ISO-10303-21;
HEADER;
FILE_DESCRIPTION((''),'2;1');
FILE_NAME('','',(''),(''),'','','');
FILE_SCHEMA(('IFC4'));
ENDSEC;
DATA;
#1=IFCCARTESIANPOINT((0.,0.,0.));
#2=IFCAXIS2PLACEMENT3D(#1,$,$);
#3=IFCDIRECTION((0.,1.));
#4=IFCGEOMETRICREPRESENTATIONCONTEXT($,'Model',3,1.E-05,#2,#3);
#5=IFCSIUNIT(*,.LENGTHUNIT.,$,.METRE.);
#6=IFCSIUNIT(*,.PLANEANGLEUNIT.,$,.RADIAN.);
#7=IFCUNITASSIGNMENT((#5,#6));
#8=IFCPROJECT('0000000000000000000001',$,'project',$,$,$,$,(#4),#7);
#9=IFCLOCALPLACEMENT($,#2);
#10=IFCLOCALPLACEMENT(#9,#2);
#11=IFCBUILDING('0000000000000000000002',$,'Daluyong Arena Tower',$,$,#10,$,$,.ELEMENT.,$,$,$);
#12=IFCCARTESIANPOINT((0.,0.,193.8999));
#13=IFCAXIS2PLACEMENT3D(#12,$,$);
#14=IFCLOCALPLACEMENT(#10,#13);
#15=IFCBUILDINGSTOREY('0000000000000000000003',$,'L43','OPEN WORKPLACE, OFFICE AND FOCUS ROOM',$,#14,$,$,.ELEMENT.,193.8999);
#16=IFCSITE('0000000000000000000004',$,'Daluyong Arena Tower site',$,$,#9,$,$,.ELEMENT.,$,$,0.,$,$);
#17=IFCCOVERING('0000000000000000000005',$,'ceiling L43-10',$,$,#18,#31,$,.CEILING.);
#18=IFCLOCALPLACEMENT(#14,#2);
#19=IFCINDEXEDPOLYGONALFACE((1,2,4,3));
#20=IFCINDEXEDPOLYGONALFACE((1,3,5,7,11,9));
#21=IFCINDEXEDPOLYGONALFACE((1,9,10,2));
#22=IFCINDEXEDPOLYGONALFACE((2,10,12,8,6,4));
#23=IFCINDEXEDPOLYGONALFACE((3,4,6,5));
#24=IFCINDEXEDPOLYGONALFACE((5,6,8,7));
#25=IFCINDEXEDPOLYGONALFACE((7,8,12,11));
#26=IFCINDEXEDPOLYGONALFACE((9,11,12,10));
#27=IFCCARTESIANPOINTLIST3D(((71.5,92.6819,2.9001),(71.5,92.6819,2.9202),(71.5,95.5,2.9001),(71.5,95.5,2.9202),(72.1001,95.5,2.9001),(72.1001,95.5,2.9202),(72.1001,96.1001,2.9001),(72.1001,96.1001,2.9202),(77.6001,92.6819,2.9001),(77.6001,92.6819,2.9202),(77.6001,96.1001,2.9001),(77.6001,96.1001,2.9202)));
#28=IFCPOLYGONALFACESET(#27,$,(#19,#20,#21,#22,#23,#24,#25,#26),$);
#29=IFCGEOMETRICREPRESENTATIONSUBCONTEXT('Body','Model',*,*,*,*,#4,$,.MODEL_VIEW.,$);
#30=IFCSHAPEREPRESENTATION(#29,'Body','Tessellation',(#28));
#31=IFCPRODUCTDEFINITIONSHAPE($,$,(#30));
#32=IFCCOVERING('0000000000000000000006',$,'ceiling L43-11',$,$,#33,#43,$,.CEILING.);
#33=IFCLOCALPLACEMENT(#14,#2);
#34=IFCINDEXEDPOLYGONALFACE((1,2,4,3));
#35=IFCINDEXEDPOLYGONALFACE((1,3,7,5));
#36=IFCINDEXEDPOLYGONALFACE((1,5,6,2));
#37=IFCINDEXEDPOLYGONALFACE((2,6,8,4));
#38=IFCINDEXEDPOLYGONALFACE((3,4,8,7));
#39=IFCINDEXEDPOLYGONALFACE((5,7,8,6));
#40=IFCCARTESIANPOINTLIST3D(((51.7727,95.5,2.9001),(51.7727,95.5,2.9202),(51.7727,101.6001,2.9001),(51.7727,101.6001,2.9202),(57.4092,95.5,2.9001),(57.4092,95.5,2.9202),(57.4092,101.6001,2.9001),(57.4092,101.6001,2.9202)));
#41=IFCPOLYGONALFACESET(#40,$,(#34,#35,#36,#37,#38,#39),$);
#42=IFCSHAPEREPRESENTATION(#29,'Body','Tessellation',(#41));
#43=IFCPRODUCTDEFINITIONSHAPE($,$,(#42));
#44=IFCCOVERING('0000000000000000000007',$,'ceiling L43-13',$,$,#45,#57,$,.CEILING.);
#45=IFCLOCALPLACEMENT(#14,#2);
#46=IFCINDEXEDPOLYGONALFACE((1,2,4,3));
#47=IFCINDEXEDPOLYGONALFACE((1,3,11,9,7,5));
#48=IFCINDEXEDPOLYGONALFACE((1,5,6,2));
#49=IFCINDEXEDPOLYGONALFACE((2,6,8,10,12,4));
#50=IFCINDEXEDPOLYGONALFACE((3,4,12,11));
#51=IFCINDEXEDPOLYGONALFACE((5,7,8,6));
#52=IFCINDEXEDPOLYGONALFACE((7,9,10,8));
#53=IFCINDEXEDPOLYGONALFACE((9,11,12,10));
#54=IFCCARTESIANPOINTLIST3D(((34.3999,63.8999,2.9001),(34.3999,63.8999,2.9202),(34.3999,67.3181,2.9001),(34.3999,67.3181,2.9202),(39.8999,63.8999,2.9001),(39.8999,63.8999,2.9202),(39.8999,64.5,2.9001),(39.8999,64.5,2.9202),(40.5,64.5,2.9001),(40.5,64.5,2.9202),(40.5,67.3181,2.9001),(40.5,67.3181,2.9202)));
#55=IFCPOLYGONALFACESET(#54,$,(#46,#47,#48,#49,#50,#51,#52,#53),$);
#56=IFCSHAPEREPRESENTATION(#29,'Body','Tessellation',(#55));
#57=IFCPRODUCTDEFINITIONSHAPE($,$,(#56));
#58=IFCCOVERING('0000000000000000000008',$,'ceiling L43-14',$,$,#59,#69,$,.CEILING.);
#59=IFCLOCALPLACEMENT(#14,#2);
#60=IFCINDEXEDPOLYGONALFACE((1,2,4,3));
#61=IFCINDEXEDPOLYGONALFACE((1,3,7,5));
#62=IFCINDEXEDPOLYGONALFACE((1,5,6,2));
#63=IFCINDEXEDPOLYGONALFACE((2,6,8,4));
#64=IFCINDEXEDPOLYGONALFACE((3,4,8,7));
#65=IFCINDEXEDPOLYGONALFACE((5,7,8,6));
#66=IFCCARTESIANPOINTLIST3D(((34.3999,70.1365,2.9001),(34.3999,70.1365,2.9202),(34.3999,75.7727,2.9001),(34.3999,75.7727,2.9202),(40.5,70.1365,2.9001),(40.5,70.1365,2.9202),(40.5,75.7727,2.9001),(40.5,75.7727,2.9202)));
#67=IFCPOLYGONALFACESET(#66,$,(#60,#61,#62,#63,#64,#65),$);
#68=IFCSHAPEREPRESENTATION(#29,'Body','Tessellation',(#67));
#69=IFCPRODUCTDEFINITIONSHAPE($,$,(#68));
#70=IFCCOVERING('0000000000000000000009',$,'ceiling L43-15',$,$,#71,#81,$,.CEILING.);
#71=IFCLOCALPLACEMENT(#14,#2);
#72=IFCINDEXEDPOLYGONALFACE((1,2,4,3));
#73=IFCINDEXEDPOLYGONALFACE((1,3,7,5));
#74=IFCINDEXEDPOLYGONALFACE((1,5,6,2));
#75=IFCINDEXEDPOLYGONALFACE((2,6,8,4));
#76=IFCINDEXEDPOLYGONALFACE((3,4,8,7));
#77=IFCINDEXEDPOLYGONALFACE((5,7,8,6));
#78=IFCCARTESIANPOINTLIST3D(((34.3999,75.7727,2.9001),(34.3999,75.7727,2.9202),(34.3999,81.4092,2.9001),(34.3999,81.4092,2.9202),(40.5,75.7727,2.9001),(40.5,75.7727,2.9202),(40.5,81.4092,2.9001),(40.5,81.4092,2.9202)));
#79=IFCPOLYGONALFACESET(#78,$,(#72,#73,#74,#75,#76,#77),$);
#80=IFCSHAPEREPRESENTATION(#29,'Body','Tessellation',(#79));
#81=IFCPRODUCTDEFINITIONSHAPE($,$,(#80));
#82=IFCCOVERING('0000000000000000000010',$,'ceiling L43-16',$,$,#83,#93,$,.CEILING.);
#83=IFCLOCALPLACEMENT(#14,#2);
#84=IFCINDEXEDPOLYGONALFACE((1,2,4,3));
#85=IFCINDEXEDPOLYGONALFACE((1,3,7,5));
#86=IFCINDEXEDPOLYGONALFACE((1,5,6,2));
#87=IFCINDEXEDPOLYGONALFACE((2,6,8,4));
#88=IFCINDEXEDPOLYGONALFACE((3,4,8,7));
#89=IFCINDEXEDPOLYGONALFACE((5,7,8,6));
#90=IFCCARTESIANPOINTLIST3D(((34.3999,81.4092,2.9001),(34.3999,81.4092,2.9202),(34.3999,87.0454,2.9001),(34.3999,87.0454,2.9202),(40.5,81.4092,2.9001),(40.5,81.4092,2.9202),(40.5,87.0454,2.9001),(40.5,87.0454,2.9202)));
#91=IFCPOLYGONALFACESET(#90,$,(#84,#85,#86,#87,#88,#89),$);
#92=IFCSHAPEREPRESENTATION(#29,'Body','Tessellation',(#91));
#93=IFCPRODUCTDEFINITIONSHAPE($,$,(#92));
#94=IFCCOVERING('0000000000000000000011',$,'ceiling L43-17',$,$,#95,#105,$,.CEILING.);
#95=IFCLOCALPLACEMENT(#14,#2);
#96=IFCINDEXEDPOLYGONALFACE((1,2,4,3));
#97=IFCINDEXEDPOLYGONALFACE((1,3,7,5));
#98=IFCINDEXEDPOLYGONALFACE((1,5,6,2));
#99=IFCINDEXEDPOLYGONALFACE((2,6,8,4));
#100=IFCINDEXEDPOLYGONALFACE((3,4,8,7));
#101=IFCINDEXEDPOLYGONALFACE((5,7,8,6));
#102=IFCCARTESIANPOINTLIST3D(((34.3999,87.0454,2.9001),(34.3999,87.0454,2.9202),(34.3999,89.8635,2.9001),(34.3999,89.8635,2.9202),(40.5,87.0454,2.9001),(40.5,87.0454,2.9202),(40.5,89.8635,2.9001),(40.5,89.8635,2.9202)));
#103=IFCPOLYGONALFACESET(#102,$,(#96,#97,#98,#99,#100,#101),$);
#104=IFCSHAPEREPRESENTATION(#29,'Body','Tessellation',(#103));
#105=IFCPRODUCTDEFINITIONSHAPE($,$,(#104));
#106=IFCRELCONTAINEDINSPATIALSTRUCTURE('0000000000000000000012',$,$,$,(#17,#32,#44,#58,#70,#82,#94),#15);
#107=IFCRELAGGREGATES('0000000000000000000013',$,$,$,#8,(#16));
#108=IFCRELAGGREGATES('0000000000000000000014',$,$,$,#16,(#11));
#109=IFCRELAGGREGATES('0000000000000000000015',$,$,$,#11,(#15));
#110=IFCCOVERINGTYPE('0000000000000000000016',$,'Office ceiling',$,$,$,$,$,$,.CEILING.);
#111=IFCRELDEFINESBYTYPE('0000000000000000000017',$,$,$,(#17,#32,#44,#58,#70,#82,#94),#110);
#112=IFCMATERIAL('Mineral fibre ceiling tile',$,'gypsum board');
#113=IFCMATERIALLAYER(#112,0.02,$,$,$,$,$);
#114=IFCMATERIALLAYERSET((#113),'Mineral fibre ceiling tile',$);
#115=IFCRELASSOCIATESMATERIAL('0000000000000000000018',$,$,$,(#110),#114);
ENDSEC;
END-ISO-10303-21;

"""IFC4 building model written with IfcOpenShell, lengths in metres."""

from ifc_helpers import new_model, si_unit, direction, frame, origin, place, context, subcontext, project, spatial, polyline, outline, extrude, material, layer, layer_set, type_object, element, save


model = new_model("IFC4")

# Units and contexts
model_context = context("Model", 3, precision=1e-05, world=origin(), true_north=direction((0.0, 1.0)))
body_context = subcontext(model_context, "Body", "Model", "MODEL_VIEW")
ifc_project = project(units=[si_unit("LENGTHUNIT", "METRE"), si_unit("PLANEANGLEUNIT", "RADIAN")], contexts=[model_context])

# Site, building, storey
site_placement = place(None, origin())
site = spatial("IfcSite", under=ifc_project, at=site_placement, Name="Daluyong Arena Tower site", CompositionType="ELEMENT", RefElevation=0.0)
building_placement = place(site_placement, origin())
building = spatial("IfcBuilding", under=site, at=building_placement, Name="Daluyong Arena Tower", CompositionType="ELEMENT")
storey_placement = place(building_placement, frame((0.0, 0.0, 193.8999)))
storey = spatial("IfcBuildingStorey", under=building, at=storey_placement, Name="L43", Description="OPEN WORKPLACE, OFFICE AND FOCUS ROOM", CompositionType="ELEMENT", Elevation=193.8999)

# Coverings
ifc_material_1 = material(Name="Mineral fibre ceiling tile", Category="gypsum board")
ifc_layer_1 = layer(ifc_material_1, 0.02)
ifc_layer_set_1 = layer_set([ifc_layer_1], Name="Mineral fibre ceiling tile")
covering_type = type_object("IfcCoveringType", Name="Office ceiling", PredefinedType="CEILING", material=ifc_layer_set_1)
covering_1_placement = place(storey_placement, frame((0.0, 0.0, 2.9001)))
element("IfcCovering", 1, at=covering_1_placement, inside=storey, type_object=covering_type, Name="ceiling L43-10", PredefinedType="CEILING", context=body_context, shape_type="SweptSolid", body=[
    extrude(outline(polyline([(71.5, 92.6819), (77.6001, 92.6819), (77.6001, 96.1001), (72.1001, 96.1001), (72.1001, 95.5), (71.5, 95.5), (71.5, 92.6819)])), origin(), (0.0, 0.0, 1.0), 0.02),
])
covering_2_placement = place(storey_placement, frame((0.0, 0.0, 2.9001)))
element("IfcCovering", 2, at=covering_2_placement, inside=storey, type_object=covering_type, Name="ceiling L43-11", PredefinedType="CEILING", context=body_context, shape_type="SweptSolid", body=[
    extrude(outline(polyline([(57.4092, 95.5), (57.4092, 101.6001), (51.7727, 101.6001), (51.7727, 95.5), (57.4092, 95.5)])), origin(), (0.0, 0.0, 1.0), 0.02),
])
covering_3_placement = place(storey_placement, frame((0.0, 0.0, 2.9001)))
element("IfcCovering", 3, at=covering_3_placement, inside=storey, type_object=covering_type, Name="ceiling L43-13", PredefinedType="CEILING", context=body_context, shape_type="SweptSolid", body=[
    extrude(outline(polyline([(34.3999, 63.8999), (39.8999, 63.8999), (39.8999, 64.5), (40.5, 64.5), (40.5, 67.3181), (34.3999, 67.3181), (34.3999, 63.8999)])), origin(), (0.0, 0.0, 1.0), 0.02),
])
covering_4_placement = place(storey_placement, frame((0.0, 0.0, 2.9001)))
element("IfcCovering", 4, at=covering_4_placement, inside=storey, type_object=covering_type, Name="ceiling L43-14", PredefinedType="CEILING", context=body_context, shape_type="SweptSolid", body=[
    extrude(outline(polyline([(40.5, 75.7727), (34.3999, 75.7727), (34.3999, 70.1365), (40.5, 70.1365), (40.5, 75.7727)])), origin(), (0.0, 0.0, 1.0), 0.02),
])
covering_5_placement = place(storey_placement, frame((0.0, 0.0, 2.9001)))
element("IfcCovering", 5, at=covering_5_placement, inside=storey, type_object=covering_type, Name="ceiling L43-15", PredefinedType="CEILING", context=body_context, shape_type="SweptSolid", body=[
    extrude(outline(polyline([(40.5, 81.4092), (34.3999, 81.4092), (34.3999, 75.7727), (40.5, 75.7727), (40.5, 81.4092)])), origin(), (0.0, 0.0, 1.0), 0.02),
])
covering_6_placement = place(storey_placement, frame((0.0, 0.0, 2.9001)))
element("IfcCovering", 6, at=covering_6_placement, inside=storey, type_object=covering_type, Name="ceiling L43-16", PredefinedType="CEILING", context=body_context, shape_type="SweptSolid", body=[
    extrude(outline(polyline([(40.5, 87.0454), (34.3999, 87.0454), (34.3999, 81.4092), (40.5, 81.4092), (40.5, 87.0454)])), origin(), (0.0, 0.0, 1.0), 0.02),
])
covering_7_placement = place(storey_placement, frame((0.0, 0.0, 2.9001)))
element("IfcCovering", 7, at=covering_7_placement, inside=storey, type_object=covering_type, Name="ceiling L43-17", PredefinedType="CEILING", context=body_context, shape_type="SweptSolid", body=[
    extrude(outline(polyline([(40.5, 89.8635), (34.3999, 89.8635), (34.3999, 87.0454), (40.5, 87.0454), (40.5, 89.8635)])), origin(), (0.0, 0.0, 1.0), 0.02),
])

save(model, "model.ifc")
